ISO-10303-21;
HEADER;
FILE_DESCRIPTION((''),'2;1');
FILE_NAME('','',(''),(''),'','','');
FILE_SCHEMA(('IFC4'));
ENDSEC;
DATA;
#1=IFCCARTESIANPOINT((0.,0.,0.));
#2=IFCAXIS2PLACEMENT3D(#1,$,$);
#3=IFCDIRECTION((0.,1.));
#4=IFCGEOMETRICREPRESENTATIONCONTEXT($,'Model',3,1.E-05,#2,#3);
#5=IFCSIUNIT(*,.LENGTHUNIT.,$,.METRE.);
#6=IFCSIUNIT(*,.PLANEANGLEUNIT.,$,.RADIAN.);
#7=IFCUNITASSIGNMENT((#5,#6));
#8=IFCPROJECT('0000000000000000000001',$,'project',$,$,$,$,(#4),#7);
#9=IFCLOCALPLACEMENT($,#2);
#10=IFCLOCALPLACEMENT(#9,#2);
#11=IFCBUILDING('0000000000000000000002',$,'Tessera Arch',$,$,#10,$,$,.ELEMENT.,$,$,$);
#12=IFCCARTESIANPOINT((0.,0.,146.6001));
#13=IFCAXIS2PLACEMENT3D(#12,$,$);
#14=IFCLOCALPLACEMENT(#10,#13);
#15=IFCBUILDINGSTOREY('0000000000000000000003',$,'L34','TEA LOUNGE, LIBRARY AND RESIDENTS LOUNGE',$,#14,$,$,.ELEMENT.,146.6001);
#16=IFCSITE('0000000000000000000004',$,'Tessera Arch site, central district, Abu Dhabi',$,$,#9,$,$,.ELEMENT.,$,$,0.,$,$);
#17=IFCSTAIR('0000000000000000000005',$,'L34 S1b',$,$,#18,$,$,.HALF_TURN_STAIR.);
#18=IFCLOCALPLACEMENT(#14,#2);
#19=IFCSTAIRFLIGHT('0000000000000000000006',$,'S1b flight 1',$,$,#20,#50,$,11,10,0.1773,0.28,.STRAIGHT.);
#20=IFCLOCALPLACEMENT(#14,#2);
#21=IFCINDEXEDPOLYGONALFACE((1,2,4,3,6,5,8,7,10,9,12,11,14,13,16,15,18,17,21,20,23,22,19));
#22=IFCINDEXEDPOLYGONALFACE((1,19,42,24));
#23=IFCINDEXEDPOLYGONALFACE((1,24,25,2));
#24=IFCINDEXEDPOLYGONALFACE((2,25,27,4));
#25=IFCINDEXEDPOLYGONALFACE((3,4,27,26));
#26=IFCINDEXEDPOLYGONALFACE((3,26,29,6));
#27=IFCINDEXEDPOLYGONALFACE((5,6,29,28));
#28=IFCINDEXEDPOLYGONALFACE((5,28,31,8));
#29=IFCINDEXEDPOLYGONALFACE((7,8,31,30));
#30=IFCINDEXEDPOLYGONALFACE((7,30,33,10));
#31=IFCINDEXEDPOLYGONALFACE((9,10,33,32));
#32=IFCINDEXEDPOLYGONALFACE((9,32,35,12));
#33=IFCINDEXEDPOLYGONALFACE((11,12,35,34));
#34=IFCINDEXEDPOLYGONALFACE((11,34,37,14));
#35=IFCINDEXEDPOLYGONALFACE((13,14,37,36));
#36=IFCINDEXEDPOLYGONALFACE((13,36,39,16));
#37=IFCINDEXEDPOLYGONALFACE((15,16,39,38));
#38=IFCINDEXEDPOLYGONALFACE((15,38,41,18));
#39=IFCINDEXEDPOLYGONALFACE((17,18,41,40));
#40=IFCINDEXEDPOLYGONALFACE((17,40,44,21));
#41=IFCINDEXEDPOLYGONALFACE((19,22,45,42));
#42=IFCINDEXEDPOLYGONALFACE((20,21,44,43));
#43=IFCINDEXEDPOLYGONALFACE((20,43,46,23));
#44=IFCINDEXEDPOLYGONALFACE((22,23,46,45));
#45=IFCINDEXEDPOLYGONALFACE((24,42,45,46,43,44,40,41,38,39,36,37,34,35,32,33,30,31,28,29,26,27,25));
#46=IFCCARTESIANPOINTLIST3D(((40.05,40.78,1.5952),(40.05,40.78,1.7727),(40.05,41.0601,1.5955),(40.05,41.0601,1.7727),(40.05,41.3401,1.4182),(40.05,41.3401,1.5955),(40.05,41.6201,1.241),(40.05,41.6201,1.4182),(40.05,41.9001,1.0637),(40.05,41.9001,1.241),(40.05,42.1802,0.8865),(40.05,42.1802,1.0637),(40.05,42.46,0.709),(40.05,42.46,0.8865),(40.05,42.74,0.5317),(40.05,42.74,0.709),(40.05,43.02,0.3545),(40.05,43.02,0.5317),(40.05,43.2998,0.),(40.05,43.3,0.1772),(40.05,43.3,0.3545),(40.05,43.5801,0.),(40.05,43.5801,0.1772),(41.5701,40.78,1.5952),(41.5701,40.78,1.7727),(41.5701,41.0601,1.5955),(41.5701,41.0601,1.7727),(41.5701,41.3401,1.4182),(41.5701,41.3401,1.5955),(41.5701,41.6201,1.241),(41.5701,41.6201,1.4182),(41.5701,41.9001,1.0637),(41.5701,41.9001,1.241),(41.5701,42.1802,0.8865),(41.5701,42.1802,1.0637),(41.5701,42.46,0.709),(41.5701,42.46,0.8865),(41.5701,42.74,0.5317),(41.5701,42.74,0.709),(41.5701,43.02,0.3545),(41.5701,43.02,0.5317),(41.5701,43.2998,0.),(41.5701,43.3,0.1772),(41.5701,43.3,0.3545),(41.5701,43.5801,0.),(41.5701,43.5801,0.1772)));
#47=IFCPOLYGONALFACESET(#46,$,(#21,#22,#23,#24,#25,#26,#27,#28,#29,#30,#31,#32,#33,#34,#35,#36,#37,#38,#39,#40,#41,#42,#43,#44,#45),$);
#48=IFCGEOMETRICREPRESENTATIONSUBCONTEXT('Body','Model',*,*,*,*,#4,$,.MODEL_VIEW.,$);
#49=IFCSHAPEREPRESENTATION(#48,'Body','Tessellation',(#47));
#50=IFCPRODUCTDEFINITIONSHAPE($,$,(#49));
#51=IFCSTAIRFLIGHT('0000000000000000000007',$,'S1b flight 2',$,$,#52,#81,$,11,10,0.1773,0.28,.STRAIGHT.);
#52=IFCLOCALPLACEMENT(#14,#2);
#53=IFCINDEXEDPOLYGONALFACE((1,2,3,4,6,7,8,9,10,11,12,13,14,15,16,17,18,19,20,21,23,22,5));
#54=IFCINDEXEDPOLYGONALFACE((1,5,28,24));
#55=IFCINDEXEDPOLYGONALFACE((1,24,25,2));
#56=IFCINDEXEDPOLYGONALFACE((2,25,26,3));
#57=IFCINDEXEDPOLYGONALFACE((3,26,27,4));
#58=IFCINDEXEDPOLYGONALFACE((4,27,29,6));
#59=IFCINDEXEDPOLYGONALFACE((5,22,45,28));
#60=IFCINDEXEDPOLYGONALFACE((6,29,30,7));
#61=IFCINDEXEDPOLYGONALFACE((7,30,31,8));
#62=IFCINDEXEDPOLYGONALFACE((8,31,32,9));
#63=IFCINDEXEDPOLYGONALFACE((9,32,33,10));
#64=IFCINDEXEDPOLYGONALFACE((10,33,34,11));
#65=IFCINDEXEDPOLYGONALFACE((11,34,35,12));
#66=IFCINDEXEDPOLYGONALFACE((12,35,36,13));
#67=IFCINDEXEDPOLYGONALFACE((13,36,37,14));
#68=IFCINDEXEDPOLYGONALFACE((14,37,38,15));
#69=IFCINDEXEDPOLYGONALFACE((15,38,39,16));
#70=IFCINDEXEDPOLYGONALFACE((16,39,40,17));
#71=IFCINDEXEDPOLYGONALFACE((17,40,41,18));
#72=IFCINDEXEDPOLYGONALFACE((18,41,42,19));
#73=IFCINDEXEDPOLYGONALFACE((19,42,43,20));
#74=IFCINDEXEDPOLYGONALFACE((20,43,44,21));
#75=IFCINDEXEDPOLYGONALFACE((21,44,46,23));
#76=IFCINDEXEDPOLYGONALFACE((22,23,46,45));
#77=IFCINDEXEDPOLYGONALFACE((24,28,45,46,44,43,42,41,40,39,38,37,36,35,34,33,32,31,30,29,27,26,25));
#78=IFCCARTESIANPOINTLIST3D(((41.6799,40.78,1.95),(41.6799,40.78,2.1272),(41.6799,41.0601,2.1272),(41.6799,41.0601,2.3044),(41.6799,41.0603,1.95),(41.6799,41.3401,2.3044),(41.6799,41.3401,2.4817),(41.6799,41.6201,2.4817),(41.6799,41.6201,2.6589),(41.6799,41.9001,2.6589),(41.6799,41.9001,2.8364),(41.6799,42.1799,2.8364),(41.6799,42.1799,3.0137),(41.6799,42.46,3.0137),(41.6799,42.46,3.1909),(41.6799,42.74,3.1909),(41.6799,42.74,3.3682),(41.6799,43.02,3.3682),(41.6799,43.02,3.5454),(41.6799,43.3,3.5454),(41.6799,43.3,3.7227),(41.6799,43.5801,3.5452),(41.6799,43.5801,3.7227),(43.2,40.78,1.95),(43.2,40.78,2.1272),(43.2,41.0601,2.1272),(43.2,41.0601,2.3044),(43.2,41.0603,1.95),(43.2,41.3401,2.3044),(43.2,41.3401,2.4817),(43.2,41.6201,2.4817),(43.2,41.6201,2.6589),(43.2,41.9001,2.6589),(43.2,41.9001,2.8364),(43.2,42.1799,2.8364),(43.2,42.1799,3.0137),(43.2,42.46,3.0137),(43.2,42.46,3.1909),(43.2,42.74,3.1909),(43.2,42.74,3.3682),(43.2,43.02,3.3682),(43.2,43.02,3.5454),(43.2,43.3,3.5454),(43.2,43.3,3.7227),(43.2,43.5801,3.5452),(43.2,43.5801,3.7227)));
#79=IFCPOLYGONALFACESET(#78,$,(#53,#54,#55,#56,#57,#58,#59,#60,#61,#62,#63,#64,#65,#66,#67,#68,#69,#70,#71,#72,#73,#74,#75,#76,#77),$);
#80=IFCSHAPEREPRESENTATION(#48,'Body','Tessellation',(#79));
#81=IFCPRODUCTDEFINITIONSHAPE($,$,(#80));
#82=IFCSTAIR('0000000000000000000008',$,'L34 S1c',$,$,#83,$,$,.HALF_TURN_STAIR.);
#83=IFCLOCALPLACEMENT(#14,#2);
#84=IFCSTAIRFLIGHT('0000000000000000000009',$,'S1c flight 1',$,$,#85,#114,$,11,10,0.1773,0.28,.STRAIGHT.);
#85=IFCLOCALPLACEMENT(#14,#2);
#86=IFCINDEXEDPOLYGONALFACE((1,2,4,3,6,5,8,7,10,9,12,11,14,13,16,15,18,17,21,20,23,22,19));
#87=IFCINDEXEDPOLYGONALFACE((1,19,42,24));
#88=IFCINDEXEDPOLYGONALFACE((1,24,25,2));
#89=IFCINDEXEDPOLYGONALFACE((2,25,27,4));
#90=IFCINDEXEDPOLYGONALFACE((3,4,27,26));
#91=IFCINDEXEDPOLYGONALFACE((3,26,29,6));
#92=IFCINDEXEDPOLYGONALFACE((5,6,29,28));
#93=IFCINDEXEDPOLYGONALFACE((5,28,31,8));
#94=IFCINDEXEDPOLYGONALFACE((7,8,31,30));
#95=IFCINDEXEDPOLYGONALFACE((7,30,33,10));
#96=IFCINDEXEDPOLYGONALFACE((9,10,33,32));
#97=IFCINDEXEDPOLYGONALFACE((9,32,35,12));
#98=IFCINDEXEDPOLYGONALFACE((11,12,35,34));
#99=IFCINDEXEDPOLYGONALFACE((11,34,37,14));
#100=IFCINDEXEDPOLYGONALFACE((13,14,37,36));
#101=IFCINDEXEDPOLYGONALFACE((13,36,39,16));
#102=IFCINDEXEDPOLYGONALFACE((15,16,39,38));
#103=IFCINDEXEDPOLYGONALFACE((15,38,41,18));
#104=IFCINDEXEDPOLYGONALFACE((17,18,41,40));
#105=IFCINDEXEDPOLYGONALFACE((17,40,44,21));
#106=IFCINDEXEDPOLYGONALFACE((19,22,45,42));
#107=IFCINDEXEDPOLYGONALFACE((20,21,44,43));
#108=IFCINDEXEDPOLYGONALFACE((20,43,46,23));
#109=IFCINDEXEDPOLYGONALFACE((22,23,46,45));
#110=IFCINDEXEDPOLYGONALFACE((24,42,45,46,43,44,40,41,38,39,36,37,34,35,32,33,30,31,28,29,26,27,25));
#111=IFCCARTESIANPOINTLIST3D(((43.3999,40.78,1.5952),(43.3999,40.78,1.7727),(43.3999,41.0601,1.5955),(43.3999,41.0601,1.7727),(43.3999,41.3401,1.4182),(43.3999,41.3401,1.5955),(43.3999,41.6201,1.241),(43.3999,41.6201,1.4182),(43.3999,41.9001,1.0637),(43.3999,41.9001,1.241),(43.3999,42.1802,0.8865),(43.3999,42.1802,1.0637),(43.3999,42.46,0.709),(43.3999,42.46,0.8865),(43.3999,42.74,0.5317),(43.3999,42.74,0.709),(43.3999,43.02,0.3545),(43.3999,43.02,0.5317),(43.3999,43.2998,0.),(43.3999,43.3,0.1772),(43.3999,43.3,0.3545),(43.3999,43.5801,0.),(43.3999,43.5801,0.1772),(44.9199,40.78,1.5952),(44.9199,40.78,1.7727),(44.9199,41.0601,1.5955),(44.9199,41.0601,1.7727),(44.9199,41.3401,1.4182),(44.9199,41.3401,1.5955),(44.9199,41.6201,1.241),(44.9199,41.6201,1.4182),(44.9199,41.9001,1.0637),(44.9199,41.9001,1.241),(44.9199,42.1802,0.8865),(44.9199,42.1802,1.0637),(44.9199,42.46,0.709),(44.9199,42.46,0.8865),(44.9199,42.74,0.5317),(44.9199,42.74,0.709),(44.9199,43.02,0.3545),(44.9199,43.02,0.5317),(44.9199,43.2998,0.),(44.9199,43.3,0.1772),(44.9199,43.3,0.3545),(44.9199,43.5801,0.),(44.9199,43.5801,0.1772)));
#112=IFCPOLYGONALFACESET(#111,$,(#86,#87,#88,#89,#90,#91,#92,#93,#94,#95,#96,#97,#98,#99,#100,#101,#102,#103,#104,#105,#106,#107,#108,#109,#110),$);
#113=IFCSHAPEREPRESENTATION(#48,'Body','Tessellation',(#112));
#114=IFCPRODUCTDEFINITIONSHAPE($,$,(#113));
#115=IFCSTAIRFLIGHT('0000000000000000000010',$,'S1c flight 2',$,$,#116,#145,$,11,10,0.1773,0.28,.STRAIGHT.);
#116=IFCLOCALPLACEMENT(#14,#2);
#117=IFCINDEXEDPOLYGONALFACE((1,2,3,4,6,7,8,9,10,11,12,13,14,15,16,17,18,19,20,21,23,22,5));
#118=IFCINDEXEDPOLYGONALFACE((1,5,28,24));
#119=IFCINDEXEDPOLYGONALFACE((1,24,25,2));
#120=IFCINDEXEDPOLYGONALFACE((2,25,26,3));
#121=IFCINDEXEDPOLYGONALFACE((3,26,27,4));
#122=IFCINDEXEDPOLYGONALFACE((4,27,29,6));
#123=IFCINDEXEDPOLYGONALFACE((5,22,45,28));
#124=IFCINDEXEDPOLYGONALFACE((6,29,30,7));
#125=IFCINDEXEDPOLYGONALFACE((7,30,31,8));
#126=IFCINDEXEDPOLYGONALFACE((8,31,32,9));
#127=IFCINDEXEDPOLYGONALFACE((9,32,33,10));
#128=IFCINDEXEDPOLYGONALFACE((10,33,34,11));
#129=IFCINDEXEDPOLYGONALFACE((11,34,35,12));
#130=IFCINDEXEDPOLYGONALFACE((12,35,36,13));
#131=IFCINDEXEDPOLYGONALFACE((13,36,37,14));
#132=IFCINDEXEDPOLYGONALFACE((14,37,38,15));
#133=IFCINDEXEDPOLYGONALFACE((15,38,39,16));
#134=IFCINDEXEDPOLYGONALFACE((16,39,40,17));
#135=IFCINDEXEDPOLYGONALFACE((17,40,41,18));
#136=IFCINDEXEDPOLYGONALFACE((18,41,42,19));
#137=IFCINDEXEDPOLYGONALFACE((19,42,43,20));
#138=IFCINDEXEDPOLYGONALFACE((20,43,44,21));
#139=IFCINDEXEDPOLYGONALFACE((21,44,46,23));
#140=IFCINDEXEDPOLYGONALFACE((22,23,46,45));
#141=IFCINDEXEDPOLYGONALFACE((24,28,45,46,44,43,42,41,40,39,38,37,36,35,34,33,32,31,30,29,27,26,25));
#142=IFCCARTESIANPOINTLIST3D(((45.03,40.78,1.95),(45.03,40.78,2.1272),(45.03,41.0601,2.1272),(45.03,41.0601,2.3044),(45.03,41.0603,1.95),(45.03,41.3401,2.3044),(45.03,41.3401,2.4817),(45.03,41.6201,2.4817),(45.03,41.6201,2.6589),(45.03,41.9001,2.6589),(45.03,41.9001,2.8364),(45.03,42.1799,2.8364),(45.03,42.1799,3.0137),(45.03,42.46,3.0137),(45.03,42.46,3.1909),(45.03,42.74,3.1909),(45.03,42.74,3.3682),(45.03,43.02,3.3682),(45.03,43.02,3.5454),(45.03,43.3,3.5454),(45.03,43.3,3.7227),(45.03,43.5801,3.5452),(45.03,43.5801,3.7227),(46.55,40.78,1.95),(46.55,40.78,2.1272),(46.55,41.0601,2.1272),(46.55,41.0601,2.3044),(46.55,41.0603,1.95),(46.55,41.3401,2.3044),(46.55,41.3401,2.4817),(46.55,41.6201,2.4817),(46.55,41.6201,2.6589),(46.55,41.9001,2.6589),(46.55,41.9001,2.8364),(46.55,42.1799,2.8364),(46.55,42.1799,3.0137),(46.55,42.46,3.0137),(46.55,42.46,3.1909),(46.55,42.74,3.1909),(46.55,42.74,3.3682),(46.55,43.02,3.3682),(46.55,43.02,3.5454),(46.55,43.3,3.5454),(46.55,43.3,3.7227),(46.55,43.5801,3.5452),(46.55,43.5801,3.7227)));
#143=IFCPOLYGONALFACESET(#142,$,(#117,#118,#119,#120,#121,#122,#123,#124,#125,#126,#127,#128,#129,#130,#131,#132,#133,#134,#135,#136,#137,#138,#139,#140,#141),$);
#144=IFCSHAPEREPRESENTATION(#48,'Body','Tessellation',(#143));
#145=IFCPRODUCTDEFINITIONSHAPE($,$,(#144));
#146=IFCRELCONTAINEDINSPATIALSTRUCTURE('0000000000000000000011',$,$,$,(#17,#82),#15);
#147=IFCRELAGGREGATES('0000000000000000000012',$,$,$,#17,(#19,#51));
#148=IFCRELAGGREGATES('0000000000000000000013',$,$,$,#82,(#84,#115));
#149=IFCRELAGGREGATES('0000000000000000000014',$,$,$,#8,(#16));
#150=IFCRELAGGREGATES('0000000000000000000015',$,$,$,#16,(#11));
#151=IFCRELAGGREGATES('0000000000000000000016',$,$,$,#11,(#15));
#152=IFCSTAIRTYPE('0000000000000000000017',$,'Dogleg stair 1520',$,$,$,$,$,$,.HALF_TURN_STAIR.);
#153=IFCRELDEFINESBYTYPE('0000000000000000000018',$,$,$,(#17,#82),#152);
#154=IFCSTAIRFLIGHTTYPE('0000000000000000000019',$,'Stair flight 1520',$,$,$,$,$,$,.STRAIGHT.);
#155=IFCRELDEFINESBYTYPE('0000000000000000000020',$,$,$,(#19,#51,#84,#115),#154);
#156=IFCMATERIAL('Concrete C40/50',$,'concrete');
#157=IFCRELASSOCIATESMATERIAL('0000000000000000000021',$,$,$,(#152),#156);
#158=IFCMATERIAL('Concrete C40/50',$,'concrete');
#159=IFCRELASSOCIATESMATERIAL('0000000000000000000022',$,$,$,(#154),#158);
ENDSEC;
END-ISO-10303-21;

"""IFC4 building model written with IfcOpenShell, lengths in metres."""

from ifc_helpers import new_model, si_unit, direction, frame, origin, place, context, subcontext, project, spatial, polyline, outline, extrude, material, type_object, element, aggregate, save


model = new_model("IFC4")

# Units and contexts
model_context = context("Model", 3, precision=1e-05, world=origin(), true_north=direction((0.0, 1.0)))
body_context = subcontext(model_context, "Body", "Model", "MODEL_VIEW")
ifc_project = project(units=[si_unit("LENGTHUNIT", "METRE"), si_unit("PLANEANGLEUNIT", "RADIAN")], contexts=[model_context])

# Site, building, storey
site_placement = place(None, origin())
site = spatial("IfcSite", under=ifc_project, at=site_placement, Name="Tessera Arch site, central district, Abu Dhabi", CompositionType="ELEMENT", RefElevation=0.0)
building_placement = place(site_placement, origin())
building = spatial("IfcBuilding", under=site, at=building_placement, Name="Tessera Arch", CompositionType="ELEMENT")
storey_placement = place(building_placement, frame((0.0, 0.0, 146.6001)))
storey = spatial("IfcBuildingStorey", under=building, at=storey_placement, Name="L34", Description="TEA LOUNGE, LIBRARY AND RESIDENTS LOUNGE", CompositionType="ELEMENT", Elevation=146.6001)

# Stairs, stair flights
ifc_material_1 = material(Name="Concrete C40/50", Category="concrete")
stair_type = type_object("IfcStairType", Name="Dogleg stair 1520", PredefinedType="HALF_TURN_STAIR", material=ifc_material_1)
stair_1_placement = place(storey_placement, origin())
stair_1 = element("IfcStair", 1, at=stair_1_placement, inside=storey, type_object=stair_type, Name="L34 S1b", PredefinedType="HALF_TURN_STAIR")
ifc_material_2 = material(Name="Concrete C40/50", Category="concrete")
stair_flight_type = type_object("IfcStairFlightType", Name="Stair flight 1520", PredefinedType="STRAIGHT", material=ifc_material_2)
stair_flight_1_placement = place(storey_placement, frame((40.8101, 43.5801, 0.0), z_axis=(0.0, 0.0, 1.0), x_axis=(0.0, -1.0, 0.0)))
stair_flight_1 = element("IfcStairFlight", 2, at=stair_flight_1_placement, type_object=stair_flight_type, Name="S1b flight 1", NumberOfRisers=11, NumberOfTreads=10, PredefinedType="STRAIGHT", RiserHeight=0.1773, TreadLength=0.28, context=body_context, shape_type="SweptSolid", body=[
    extrude(outline(polyline([(0.0, 0.0), (0.0, 0.1772), (0.28, 0.1772), (0.28, 0.3545), (0.5601, 0.3545), (0.5601, 0.5317), (0.8401, 0.5317), (0.8401, 0.709), (1.1201, 0.709), (1.1201, 0.8865), (1.3999, 0.8865), (1.3999, 1.0637), (1.6799, 1.0637), (1.6799, 1.241), (1.96, 1.241), (1.96, 1.4182), (2.24, 1.4182), (2.24, 1.5955), (2.52, 1.5955), (2.52, 1.7727), (2.8, 1.7727), (2.8, 1.95), (2.8, 1.5952), (0.2803, 0.0), (0.0, 0.0)])), frame((0.0, 0.76, 0.0), z_axis=(0.0, -1.0, 0.0), x_axis=(1.0, 0.0, 0.0)), (0.0, 0.0, 1.0), 1.52),
])
stair_flight_2_placement = place(storey_placement, frame((42.4399, 40.78, 1.95), z_axis=(0.0, 0.0, 1.0), x_axis=(0.0, 1.0, 0.0)))
stair_flight_2 = element("IfcStairFlight", 3, at=stair_flight_2_placement, type_object=stair_flight_type, Name="S1b flight 2", NumberOfRisers=11, NumberOfTreads=10, PredefinedType="STRAIGHT", RiserHeight=0.1773, TreadLength=0.28, context=body_context, shape_type="SweptSolid", body=[
    extrude(outline(polyline([(0.0, 0.0), (0.0, 0.1772), (0.28, 0.1772), (0.28, 0.3545), (0.5601, 0.3545), (0.5601, 0.5317), (0.8401, 0.5317), (0.8401, 0.709), (1.1201, 0.709), (1.1201, 0.8865), (1.3999, 0.8865), (1.3999, 1.0637), (1.6799, 1.0637), (1.6799, 1.241), (1.96, 1.241), (1.96, 1.4182), (2.24, 1.4182), (2.24, 1.5955), (2.52, 1.5955), (2.52, 1.7727), (2.8, 1.7727), (2.8, 1.95), (2.8, 1.5952), (0.2803, 0.0), (0.0, 0.0)])), frame((0.0, 0.76, 0.0), z_axis=(0.0, -1.0, 0.0), x_axis=(1.0, 0.0, 0.0)), (0.0, 0.0, 1.0), 1.52),
])
aggregate(stair_1, [stair_flight_1, stair_flight_2])
stair_2_placement = place(storey_placement, origin())
stair_2 = element("IfcStair", 4, at=stair_2_placement, inside=storey, type_object=stair_type, Name="L34 S1c", PredefinedType="HALF_TURN_STAIR")
stair_flight_3_placement = place(storey_placement, frame((44.1599, 43.5801, 0.0), z_axis=(0.0, 0.0, 1.0), x_axis=(0.0, -1.0, 0.0)))
stair_flight_3 = element("IfcStairFlight", 5, at=stair_flight_3_placement, type_object=stair_flight_type, Name="S1c flight 1", NumberOfRisers=11, NumberOfTreads=10, PredefinedType="STRAIGHT", RiserHeight=0.1773, TreadLength=0.28, context=body_context, shape_type="SweptSolid", body=[
    extrude(outline(polyline([(0.0, 0.0), (0.0, 0.1772), (0.28, 0.1772), (0.28, 0.3545), (0.5601, 0.3545), (0.5601, 0.5317), (0.8401, 0.5317), (0.8401, 0.709), (1.1201, 0.709), (1.1201, 0.8865), (1.3999, 0.8865), (1.3999, 1.0637), (1.6799, 1.0637), (1.6799, 1.241), (1.96, 1.241), (1.96, 1.4182), (2.24, 1.4182), (2.24, 1.5955), (2.52, 1.5955), (2.52, 1.7727), (2.8, 1.7727), (2.8, 1.95), (2.8, 1.5952), (0.2803, 0.0), (0.0, 0.0)])), frame((0.0, 0.76, 0.0), z_axis=(0.0, -1.0, 0.0), x_axis=(1.0, 0.0, 0.0)), (0.0, 0.0, 1.0), 1.52),
])
stair_flight_4_placement = place(storey_placement, frame((45.79, 40.78, 1.95), z_axis=(0.0, 0.0, 1.0), x_axis=(0.0, 1.0, 0.0)))
stair_flight_4 = element("IfcStairFlight", 6, at=stair_flight_4_placement, type_object=stair_flight_type, Name="S1c flight 2", NumberOfRisers=11, NumberOfTreads=10, PredefinedType="STRAIGHT", RiserHeight=0.1773, TreadLength=0.28, context=body_context, shape_type="SweptSolid", body=[
    extrude(outline(polyline([(0.0, 0.0), (0.0, 0.1772), (0.28, 0.1772), (0.28, 0.3545), (0.5601, 0.3545), (0.5601, 0.5317), (0.8401, 0.5317), (0.8401, 0.709), (1.1201, 0.709), (1.1201, 0.8865), (1.3999, 0.8865), (1.3999, 1.0637), (1.6799, 1.0637), (1.6799, 1.241), (1.96, 1.241), (1.96, 1.4182), (2.24, 1.4182), (2.24, 1.5955), (2.52, 1.5955), (2.52, 1.7727), (2.8, 1.7727), (2.8, 1.95), (2.8, 1.5952), (0.2803, 0.0), (0.0, 0.0)])), frame((0.0, 0.76, 0.0), z_axis=(0.0, -1.0, 0.0), x_axis=(1.0, 0.0, 0.0)), (0.0, 0.0, 1.0), 1.52),
])
aggregate(stair_2, [stair_flight_3, stair_flight_4])

save(model, "model.ifc")
